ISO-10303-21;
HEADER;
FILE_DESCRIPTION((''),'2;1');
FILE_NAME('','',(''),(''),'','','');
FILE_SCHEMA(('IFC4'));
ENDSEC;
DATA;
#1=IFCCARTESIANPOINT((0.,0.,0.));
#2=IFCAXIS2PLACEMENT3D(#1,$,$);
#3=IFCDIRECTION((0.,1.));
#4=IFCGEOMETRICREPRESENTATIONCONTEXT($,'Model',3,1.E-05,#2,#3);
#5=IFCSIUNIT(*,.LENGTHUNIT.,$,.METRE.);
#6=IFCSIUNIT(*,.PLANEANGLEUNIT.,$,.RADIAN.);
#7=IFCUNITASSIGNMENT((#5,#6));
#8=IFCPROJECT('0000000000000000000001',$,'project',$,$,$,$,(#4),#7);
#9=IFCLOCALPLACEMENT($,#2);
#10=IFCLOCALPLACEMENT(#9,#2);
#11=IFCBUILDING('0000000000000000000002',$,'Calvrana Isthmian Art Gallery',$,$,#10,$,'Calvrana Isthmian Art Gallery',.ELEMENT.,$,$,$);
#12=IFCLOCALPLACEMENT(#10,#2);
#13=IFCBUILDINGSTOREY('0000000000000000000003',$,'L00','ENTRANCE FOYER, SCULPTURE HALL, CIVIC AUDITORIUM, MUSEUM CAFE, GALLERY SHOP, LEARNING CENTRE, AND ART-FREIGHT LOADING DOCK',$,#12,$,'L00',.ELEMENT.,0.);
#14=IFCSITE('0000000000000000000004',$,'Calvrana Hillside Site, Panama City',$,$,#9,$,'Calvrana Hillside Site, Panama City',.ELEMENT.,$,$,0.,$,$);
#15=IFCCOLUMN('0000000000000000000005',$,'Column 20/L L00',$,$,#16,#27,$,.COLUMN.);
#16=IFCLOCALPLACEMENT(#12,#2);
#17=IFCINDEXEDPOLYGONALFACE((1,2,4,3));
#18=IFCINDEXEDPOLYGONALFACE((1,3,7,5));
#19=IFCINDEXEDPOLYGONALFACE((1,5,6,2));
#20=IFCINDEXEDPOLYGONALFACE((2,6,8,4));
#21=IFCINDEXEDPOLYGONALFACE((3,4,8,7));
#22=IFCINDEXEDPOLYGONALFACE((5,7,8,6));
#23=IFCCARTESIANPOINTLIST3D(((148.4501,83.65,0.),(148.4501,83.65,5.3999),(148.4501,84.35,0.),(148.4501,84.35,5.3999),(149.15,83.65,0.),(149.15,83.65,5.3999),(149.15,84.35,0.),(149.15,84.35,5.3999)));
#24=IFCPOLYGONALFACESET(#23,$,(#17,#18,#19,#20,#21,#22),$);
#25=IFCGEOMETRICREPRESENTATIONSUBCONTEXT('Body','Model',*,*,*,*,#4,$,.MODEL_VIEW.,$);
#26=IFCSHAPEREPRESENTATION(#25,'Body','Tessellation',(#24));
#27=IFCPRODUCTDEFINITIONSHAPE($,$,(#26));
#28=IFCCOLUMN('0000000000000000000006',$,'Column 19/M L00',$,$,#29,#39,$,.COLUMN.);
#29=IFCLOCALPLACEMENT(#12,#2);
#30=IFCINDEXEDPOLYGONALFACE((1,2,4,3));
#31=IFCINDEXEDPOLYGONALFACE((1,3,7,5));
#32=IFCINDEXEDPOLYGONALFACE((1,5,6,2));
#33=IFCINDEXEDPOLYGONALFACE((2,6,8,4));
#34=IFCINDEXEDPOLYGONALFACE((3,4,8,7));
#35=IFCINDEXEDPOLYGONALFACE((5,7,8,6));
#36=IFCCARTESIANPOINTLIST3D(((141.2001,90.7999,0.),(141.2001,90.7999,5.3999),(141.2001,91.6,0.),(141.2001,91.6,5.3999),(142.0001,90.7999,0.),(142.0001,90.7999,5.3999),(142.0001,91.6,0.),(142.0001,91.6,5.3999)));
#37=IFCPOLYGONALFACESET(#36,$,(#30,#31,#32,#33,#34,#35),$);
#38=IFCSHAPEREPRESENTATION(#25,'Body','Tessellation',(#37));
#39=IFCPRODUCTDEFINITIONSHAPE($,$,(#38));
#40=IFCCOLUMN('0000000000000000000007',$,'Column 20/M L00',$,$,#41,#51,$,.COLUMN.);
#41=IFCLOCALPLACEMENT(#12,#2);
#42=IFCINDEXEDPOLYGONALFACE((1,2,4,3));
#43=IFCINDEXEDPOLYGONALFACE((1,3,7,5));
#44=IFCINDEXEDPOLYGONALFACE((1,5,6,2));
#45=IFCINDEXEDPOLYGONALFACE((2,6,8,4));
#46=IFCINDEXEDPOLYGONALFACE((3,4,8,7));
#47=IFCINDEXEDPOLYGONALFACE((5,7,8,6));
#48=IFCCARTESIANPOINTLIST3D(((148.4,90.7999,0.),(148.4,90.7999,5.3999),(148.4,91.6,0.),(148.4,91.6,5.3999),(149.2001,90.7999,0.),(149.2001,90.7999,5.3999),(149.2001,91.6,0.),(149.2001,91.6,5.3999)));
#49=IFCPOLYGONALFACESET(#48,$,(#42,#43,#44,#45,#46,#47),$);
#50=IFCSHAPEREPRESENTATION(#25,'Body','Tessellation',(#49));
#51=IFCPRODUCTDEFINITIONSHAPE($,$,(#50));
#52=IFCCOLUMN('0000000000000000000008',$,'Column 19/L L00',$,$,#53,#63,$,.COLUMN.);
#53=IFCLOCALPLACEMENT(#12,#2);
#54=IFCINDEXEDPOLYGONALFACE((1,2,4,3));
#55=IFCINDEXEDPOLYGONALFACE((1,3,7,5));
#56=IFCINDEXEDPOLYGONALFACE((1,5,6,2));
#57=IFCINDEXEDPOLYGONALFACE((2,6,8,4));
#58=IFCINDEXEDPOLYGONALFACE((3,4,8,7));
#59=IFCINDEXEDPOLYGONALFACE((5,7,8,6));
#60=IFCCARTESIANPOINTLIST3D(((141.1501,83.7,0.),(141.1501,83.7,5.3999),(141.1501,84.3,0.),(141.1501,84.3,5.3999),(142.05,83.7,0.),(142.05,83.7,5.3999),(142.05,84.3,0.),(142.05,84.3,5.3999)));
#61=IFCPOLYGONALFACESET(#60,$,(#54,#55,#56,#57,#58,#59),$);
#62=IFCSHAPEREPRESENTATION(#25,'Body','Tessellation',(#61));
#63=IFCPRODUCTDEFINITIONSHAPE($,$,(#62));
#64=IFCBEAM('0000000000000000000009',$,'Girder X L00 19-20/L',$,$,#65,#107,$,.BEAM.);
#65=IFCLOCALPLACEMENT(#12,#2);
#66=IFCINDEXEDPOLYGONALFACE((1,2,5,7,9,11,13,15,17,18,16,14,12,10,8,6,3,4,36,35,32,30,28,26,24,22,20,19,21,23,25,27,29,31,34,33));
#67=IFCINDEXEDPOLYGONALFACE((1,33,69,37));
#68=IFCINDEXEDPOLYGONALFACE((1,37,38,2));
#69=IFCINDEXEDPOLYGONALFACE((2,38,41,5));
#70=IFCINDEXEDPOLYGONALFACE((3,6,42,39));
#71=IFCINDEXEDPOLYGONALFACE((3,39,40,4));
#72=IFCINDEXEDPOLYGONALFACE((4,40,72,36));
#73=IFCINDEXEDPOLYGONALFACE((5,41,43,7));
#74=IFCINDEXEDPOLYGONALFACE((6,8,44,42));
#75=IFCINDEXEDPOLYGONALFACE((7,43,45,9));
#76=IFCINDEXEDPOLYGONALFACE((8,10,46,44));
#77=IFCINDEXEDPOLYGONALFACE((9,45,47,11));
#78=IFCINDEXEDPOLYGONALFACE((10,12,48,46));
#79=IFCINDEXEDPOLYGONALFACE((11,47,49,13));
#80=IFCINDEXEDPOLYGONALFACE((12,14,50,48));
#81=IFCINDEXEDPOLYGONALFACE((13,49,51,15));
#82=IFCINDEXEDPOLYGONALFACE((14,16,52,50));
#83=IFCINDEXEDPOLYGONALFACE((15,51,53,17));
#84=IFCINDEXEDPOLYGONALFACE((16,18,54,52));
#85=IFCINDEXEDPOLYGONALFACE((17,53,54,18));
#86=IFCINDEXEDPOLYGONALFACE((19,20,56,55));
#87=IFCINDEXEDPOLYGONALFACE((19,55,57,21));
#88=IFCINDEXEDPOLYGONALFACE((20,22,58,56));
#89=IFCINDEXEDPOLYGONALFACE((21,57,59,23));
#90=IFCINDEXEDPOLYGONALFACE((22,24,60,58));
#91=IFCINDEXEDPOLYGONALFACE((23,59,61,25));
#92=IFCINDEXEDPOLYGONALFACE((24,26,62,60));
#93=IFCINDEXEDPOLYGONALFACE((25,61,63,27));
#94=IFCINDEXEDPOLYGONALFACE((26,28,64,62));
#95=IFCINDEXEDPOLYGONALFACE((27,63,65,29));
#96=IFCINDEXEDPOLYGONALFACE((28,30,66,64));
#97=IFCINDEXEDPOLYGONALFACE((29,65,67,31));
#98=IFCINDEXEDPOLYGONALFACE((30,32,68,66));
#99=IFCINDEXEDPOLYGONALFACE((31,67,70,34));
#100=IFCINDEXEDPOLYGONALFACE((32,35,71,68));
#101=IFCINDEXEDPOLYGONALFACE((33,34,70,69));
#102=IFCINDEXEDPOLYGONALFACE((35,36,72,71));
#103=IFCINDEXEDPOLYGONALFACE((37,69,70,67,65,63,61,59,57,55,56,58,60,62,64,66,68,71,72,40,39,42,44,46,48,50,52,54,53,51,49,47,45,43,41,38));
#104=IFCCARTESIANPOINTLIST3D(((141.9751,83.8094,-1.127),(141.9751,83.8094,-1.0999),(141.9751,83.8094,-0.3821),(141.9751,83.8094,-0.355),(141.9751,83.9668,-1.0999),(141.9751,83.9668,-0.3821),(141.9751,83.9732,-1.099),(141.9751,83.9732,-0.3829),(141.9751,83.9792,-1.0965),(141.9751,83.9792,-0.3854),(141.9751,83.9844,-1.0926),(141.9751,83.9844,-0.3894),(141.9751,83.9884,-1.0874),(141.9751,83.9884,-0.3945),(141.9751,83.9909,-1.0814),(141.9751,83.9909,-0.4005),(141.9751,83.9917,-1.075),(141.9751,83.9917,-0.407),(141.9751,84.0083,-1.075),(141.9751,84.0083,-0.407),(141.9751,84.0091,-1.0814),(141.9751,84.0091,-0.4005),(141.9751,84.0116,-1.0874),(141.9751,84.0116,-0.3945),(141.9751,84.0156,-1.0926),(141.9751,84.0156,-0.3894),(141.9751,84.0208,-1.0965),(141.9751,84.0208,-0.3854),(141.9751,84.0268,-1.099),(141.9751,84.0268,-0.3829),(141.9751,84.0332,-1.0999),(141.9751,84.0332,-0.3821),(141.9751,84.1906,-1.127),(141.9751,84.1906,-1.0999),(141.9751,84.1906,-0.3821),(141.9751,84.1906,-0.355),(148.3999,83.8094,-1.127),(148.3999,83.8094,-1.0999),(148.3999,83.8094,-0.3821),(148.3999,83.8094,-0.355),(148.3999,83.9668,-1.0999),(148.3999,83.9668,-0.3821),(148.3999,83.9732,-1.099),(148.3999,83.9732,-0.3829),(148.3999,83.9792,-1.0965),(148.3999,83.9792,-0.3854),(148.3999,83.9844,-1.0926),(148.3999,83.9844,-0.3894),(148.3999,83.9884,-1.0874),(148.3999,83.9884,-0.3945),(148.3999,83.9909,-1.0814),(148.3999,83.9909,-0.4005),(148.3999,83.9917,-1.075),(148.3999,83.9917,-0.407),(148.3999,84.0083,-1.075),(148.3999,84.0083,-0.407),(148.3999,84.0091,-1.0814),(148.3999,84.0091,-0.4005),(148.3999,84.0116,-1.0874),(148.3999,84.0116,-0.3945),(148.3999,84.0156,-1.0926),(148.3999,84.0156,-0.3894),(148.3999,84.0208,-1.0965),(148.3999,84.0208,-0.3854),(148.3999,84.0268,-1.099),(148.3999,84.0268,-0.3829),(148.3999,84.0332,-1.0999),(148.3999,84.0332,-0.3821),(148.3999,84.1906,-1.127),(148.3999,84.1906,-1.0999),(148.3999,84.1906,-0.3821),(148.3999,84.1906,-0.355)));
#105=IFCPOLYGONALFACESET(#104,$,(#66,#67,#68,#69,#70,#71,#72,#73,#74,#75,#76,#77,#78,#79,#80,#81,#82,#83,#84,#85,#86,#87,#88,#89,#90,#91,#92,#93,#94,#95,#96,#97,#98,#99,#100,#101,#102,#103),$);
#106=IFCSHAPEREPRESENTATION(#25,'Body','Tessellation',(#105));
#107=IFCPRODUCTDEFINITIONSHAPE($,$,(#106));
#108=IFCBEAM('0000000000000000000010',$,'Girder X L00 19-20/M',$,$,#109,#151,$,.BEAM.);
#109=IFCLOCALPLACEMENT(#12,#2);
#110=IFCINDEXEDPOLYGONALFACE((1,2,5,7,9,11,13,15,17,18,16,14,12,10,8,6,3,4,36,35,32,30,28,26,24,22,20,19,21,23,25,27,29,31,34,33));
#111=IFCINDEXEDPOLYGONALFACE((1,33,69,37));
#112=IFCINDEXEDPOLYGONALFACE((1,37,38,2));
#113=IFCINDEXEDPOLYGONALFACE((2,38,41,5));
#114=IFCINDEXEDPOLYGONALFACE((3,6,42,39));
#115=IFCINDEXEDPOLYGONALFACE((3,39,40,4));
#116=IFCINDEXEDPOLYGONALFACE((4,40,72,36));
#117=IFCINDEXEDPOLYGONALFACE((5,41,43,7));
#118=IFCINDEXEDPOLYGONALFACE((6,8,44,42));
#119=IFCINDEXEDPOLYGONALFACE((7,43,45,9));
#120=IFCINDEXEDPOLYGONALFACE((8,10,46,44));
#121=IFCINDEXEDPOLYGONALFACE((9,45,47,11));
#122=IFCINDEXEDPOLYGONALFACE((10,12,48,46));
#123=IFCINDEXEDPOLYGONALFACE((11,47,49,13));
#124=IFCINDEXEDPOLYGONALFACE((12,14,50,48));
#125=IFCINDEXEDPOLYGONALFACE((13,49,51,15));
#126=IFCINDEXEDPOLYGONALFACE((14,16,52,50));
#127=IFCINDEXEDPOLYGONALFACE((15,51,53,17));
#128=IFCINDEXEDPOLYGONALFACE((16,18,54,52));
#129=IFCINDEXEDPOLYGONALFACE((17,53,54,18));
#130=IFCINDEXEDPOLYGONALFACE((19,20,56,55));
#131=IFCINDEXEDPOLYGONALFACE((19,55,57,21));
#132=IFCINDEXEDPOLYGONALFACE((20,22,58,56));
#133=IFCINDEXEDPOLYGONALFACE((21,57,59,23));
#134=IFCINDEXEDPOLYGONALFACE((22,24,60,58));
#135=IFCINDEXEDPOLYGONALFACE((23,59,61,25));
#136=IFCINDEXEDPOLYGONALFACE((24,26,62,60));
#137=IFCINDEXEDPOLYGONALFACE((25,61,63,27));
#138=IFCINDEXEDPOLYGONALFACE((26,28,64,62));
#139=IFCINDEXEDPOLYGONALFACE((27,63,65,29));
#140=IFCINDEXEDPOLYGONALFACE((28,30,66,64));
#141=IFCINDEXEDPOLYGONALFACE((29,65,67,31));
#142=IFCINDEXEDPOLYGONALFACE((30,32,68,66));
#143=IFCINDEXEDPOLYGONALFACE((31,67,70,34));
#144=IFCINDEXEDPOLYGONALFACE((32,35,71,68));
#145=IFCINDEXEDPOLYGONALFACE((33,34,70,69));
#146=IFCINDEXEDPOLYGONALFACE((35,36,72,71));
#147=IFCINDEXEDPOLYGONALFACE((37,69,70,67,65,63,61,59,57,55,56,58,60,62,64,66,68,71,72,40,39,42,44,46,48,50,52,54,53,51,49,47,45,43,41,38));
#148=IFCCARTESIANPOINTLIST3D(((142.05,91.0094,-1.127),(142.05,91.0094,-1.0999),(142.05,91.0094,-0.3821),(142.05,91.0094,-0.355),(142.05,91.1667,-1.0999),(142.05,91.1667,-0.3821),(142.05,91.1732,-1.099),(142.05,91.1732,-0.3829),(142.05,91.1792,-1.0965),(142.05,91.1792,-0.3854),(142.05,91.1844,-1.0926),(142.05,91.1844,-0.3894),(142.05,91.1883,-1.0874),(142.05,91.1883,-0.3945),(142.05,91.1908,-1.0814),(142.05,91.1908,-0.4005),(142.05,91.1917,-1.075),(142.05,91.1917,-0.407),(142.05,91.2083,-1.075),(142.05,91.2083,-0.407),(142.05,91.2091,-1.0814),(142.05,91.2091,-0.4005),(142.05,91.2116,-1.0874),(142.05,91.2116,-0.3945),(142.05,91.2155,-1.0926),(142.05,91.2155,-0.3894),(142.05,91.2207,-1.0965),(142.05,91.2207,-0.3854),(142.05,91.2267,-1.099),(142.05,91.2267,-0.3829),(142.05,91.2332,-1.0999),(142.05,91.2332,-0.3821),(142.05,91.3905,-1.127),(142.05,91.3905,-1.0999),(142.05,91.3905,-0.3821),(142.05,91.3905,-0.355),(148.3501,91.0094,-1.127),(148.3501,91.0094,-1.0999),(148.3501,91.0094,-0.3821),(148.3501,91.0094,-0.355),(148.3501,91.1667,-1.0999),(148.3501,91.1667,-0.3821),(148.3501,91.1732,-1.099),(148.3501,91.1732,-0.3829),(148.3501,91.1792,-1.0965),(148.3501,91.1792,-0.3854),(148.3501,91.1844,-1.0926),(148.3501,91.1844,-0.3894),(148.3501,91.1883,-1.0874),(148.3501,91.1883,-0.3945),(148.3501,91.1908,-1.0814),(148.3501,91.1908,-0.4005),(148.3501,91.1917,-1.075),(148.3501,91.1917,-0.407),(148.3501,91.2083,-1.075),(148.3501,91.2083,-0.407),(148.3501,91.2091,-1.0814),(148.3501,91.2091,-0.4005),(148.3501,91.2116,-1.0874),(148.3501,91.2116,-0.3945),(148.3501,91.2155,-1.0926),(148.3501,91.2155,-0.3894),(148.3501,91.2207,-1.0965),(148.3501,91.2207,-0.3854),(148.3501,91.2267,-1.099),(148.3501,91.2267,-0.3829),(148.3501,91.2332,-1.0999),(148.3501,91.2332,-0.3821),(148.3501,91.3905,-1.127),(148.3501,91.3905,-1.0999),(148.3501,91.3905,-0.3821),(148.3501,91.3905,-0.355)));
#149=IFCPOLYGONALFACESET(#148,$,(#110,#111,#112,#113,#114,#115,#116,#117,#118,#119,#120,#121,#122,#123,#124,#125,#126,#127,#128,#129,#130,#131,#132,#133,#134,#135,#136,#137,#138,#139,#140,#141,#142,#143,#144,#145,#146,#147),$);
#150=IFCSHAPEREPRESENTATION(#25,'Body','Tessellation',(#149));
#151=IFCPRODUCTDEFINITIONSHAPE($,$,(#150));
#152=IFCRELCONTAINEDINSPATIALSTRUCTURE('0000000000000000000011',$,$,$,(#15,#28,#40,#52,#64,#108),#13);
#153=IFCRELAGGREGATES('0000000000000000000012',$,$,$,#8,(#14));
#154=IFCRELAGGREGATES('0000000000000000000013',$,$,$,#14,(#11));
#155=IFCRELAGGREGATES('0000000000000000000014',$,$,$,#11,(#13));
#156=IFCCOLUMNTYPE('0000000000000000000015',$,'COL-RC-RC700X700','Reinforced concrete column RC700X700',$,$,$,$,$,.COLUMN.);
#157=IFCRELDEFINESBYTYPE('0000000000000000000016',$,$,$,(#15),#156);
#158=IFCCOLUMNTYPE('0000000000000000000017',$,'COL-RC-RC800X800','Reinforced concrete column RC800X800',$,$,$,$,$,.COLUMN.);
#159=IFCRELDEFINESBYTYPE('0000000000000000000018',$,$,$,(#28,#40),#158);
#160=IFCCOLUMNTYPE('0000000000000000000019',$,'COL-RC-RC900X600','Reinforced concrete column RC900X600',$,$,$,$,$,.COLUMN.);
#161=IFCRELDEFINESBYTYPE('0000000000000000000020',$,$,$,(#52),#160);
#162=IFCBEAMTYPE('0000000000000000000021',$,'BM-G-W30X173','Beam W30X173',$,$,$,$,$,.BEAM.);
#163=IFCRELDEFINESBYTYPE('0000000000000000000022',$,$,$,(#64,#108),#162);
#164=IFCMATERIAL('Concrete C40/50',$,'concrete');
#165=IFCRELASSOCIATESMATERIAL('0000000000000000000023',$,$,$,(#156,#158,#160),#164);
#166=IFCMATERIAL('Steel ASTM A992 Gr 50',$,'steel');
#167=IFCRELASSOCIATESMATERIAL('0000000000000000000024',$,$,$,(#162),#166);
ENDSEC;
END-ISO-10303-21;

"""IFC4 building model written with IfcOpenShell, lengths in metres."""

from ifc_helpers import new_model, si_unit, direction, frame, origin, origin_2d, place, context, subcontext, project, spatial, rectangle, i_section, extrude, material, material_profile, profile_set, type_object, element, save


model = new_model("IFC4")

# Units and contexts
model_context = context("Model", 3, precision=1e-05, world=origin(), true_north=direction((0.0, 1.0)))
body_context = subcontext(model_context, "Body", "Model", "MODEL_VIEW")
ifc_project = project(units=[si_unit("LENGTHUNIT", "METRE"), si_unit("PLANEANGLEUNIT", "RADIAN")], contexts=[model_context])

# Site, building, storey
site_placement = place(None, origin())
site = spatial("IfcSite", under=ifc_project, at=site_placement, Name="Calvrana Hillside Site, Panama City", LongName="Calvrana Hillside Site, Panama City", CompositionType="ELEMENT", RefElevation=0.0)
building_placement = place(site_placement, origin())
building = spatial("IfcBuilding", under=site, at=building_placement, Name="Calvrana Isthmian Art Gallery", LongName="Calvrana Isthmian Art Gallery", CompositionType="ELEMENT")
storey_placement = place(building_placement, origin())
storey = spatial("IfcBuildingStorey", under=building, at=storey_placement, Name="L00", Description="ENTRANCE FOYER, SCULPTURE HALL, CIVIC AUDITORIUM, MUSEUM CAFE, GALLERY SHOP, LEARNING CENTRE, AND ART-FREIGHT LOADING DOCK", LongName="L00", CompositionType="ELEMENT", Elevation=0.0)

# Columns
ifc_material_1 = material(Name="Concrete C40/50", Category="concrete")
ifc_material_profile_1 = material_profile(ifc_material_1, rectangle(XDim=0.7, YDim=0.7, at=origin_2d()), Name="RC700X700")
ifc_profile_set_1 = profile_set([ifc_material_profile_1], Name="Concrete C40/50")
column_type_1 = type_object("IfcColumnType", Name="COL-RC-RC700X700", Description="Reinforced concrete column RC700X700", PredefinedType="COLUMN", material=ifc_profile_set_1)
column_1_placement = place(storey_placement, frame((148.8, 84.0, 0.0), z_axis=(0.0, 0.0, 1.0), x_axis=(1.0, 0.0, 0.0)))
element("IfcColumn", 1, at=column_1_placement, inside=storey, type_object=column_type_1, Name="Column 20/L L00", PredefinedType="COLUMN", context=body_context, shape_type="SweptSolid", body=[
    extrude(rectangle(XDim=0.7, YDim=0.7, at=origin_2d()), origin(), (0.0, 0.0, 1.0), 5.3999),
])
ifc_material_profile_2 = material_profile(ifc_material_1, rectangle(XDim=0.8, YDim=0.8, at=origin_2d()), Name="RC800X800")
ifc_profile_set_2 = profile_set([ifc_material_profile_2], Name="Concrete C40/50")
column_type_2 = type_object("IfcColumnType", Name="COL-RC-RC800X800", Description="Reinforced concrete column RC800X800", PredefinedType="COLUMN", material=ifc_profile_set_2)
for number, where, z_axis, x_axis, name in (
    (2, (141.6001, 91.2, 0.0), (0.0, 0.0, 1.0), (1.0, 0.0, 0.0), "Column 19/M L00"),
    (3, (148.8, 91.2, 0.0), (0.0, 0.0, 1.0), (1.0, 0.0, 0.0), "Column 20/M L00"),
):
    element("IfcColumn", number, at=place(storey_placement, frame(where, z_axis=z_axis, x_axis=x_axis)), inside=storey, type_object=column_type_2, Name=name, PredefinedType="COLUMN", context=body_context, shape_type="SweptSolid", body=[
        extrude(rectangle(XDim=0.8, YDim=0.8, at=origin_2d()), origin(), (0.0, 0.0, 1.0), 5.3999),
    ])
ifc_material_profile_3 = material_profile(ifc_material_1, rectangle(XDim=0.8999, YDim=0.6001, at=origin_2d()), Name="RC900X600")
ifc_profile_set_3 = profile_set([ifc_material_profile_3], Name="Concrete C40/50")
column_type_3 = type_object("IfcColumnType", Name="COL-RC-RC900X600", Description="Reinforced concrete column RC900X600", PredefinedType="COLUMN", material=ifc_profile_set_3)
column_2_placement = place(storey_placement, frame((141.6001, 84.0, 0.0), z_axis=(0.0, 0.0, 1.0), x_axis=(1.0, 0.0, 0.0)))
element("IfcColumn", 4, at=column_2_placement, inside=storey, type_object=column_type_3, Name="Column 19/L L00", PredefinedType="COLUMN", context=body_context, shape_type="SweptSolid", body=[
    extrude(rectangle(XDim=0.8999, YDim=0.6001, at=origin_2d()), origin(), (0.0, 0.0, 1.0), 5.3999),
])

# Beams
ifc_material_2 = material(Name="Steel ASTM A992 Gr 50", Category="steel")
ifc_material_profile_4 = material_profile(ifc_material_2, i_section(OverallWidth=0.3811, OverallDepth=0.772, WebThickness=0.0166, FlangeThickness=0.0271, FilletRadius=0.0249, at=origin_2d()), Name="W30X173")
ifc_profile_set_4 = profile_set([ifc_material_profile_4], Name="Steel ASTM A992 Gr 50")
beam_type_1 = type_object("IfcBeamType", Name="BM-G-W30X173", Description="Beam W30X173", PredefinedType="BEAM", material=ifc_profile_set_4)
beam_1_placement = place(storey_placement, frame((141.9751, 84.0, -0.741), z_axis=(1.0, 0.0, 0.0), x_axis=(0.0, 1.0, 0.0)))
element("IfcBeam", 5, at=beam_1_placement, inside=storey, type_object=beam_type_1, Name="Girder X L00 19-20/L", PredefinedType="BEAM", context=body_context, shape_type="SweptSolid", body=[
    extrude(i_section(OverallWidth=0.3811, OverallDepth=0.772, WebThickness=0.0166, FlangeThickness=0.0271, FilletRadius=0.0249, at=origin_2d()), origin(), (0.0, 0.0, 1.0), 6.4248),
])
beam_2_placement = place(storey_placement, frame((142.05, 91.2, -0.741), z_axis=(1.0, 0.0, 0.0), x_axis=(0.0, 1.0, 0.0)))
element("IfcBeam", 6, at=beam_2_placement, inside=storey, type_object=beam_type_1, Name="Girder X L00 19-20/M", PredefinedType="BEAM", context=body_context, shape_type="SweptSolid", body=[
    extrude(i_section(OverallWidth=0.3811, OverallDepth=0.772, WebThickness=0.0166, FlangeThickness=0.0271, FilletRadius=0.0249, at=origin_2d()), origin(), (0.0, 0.0, 1.0), 6.3),
])

save(model, "model.ifc")
